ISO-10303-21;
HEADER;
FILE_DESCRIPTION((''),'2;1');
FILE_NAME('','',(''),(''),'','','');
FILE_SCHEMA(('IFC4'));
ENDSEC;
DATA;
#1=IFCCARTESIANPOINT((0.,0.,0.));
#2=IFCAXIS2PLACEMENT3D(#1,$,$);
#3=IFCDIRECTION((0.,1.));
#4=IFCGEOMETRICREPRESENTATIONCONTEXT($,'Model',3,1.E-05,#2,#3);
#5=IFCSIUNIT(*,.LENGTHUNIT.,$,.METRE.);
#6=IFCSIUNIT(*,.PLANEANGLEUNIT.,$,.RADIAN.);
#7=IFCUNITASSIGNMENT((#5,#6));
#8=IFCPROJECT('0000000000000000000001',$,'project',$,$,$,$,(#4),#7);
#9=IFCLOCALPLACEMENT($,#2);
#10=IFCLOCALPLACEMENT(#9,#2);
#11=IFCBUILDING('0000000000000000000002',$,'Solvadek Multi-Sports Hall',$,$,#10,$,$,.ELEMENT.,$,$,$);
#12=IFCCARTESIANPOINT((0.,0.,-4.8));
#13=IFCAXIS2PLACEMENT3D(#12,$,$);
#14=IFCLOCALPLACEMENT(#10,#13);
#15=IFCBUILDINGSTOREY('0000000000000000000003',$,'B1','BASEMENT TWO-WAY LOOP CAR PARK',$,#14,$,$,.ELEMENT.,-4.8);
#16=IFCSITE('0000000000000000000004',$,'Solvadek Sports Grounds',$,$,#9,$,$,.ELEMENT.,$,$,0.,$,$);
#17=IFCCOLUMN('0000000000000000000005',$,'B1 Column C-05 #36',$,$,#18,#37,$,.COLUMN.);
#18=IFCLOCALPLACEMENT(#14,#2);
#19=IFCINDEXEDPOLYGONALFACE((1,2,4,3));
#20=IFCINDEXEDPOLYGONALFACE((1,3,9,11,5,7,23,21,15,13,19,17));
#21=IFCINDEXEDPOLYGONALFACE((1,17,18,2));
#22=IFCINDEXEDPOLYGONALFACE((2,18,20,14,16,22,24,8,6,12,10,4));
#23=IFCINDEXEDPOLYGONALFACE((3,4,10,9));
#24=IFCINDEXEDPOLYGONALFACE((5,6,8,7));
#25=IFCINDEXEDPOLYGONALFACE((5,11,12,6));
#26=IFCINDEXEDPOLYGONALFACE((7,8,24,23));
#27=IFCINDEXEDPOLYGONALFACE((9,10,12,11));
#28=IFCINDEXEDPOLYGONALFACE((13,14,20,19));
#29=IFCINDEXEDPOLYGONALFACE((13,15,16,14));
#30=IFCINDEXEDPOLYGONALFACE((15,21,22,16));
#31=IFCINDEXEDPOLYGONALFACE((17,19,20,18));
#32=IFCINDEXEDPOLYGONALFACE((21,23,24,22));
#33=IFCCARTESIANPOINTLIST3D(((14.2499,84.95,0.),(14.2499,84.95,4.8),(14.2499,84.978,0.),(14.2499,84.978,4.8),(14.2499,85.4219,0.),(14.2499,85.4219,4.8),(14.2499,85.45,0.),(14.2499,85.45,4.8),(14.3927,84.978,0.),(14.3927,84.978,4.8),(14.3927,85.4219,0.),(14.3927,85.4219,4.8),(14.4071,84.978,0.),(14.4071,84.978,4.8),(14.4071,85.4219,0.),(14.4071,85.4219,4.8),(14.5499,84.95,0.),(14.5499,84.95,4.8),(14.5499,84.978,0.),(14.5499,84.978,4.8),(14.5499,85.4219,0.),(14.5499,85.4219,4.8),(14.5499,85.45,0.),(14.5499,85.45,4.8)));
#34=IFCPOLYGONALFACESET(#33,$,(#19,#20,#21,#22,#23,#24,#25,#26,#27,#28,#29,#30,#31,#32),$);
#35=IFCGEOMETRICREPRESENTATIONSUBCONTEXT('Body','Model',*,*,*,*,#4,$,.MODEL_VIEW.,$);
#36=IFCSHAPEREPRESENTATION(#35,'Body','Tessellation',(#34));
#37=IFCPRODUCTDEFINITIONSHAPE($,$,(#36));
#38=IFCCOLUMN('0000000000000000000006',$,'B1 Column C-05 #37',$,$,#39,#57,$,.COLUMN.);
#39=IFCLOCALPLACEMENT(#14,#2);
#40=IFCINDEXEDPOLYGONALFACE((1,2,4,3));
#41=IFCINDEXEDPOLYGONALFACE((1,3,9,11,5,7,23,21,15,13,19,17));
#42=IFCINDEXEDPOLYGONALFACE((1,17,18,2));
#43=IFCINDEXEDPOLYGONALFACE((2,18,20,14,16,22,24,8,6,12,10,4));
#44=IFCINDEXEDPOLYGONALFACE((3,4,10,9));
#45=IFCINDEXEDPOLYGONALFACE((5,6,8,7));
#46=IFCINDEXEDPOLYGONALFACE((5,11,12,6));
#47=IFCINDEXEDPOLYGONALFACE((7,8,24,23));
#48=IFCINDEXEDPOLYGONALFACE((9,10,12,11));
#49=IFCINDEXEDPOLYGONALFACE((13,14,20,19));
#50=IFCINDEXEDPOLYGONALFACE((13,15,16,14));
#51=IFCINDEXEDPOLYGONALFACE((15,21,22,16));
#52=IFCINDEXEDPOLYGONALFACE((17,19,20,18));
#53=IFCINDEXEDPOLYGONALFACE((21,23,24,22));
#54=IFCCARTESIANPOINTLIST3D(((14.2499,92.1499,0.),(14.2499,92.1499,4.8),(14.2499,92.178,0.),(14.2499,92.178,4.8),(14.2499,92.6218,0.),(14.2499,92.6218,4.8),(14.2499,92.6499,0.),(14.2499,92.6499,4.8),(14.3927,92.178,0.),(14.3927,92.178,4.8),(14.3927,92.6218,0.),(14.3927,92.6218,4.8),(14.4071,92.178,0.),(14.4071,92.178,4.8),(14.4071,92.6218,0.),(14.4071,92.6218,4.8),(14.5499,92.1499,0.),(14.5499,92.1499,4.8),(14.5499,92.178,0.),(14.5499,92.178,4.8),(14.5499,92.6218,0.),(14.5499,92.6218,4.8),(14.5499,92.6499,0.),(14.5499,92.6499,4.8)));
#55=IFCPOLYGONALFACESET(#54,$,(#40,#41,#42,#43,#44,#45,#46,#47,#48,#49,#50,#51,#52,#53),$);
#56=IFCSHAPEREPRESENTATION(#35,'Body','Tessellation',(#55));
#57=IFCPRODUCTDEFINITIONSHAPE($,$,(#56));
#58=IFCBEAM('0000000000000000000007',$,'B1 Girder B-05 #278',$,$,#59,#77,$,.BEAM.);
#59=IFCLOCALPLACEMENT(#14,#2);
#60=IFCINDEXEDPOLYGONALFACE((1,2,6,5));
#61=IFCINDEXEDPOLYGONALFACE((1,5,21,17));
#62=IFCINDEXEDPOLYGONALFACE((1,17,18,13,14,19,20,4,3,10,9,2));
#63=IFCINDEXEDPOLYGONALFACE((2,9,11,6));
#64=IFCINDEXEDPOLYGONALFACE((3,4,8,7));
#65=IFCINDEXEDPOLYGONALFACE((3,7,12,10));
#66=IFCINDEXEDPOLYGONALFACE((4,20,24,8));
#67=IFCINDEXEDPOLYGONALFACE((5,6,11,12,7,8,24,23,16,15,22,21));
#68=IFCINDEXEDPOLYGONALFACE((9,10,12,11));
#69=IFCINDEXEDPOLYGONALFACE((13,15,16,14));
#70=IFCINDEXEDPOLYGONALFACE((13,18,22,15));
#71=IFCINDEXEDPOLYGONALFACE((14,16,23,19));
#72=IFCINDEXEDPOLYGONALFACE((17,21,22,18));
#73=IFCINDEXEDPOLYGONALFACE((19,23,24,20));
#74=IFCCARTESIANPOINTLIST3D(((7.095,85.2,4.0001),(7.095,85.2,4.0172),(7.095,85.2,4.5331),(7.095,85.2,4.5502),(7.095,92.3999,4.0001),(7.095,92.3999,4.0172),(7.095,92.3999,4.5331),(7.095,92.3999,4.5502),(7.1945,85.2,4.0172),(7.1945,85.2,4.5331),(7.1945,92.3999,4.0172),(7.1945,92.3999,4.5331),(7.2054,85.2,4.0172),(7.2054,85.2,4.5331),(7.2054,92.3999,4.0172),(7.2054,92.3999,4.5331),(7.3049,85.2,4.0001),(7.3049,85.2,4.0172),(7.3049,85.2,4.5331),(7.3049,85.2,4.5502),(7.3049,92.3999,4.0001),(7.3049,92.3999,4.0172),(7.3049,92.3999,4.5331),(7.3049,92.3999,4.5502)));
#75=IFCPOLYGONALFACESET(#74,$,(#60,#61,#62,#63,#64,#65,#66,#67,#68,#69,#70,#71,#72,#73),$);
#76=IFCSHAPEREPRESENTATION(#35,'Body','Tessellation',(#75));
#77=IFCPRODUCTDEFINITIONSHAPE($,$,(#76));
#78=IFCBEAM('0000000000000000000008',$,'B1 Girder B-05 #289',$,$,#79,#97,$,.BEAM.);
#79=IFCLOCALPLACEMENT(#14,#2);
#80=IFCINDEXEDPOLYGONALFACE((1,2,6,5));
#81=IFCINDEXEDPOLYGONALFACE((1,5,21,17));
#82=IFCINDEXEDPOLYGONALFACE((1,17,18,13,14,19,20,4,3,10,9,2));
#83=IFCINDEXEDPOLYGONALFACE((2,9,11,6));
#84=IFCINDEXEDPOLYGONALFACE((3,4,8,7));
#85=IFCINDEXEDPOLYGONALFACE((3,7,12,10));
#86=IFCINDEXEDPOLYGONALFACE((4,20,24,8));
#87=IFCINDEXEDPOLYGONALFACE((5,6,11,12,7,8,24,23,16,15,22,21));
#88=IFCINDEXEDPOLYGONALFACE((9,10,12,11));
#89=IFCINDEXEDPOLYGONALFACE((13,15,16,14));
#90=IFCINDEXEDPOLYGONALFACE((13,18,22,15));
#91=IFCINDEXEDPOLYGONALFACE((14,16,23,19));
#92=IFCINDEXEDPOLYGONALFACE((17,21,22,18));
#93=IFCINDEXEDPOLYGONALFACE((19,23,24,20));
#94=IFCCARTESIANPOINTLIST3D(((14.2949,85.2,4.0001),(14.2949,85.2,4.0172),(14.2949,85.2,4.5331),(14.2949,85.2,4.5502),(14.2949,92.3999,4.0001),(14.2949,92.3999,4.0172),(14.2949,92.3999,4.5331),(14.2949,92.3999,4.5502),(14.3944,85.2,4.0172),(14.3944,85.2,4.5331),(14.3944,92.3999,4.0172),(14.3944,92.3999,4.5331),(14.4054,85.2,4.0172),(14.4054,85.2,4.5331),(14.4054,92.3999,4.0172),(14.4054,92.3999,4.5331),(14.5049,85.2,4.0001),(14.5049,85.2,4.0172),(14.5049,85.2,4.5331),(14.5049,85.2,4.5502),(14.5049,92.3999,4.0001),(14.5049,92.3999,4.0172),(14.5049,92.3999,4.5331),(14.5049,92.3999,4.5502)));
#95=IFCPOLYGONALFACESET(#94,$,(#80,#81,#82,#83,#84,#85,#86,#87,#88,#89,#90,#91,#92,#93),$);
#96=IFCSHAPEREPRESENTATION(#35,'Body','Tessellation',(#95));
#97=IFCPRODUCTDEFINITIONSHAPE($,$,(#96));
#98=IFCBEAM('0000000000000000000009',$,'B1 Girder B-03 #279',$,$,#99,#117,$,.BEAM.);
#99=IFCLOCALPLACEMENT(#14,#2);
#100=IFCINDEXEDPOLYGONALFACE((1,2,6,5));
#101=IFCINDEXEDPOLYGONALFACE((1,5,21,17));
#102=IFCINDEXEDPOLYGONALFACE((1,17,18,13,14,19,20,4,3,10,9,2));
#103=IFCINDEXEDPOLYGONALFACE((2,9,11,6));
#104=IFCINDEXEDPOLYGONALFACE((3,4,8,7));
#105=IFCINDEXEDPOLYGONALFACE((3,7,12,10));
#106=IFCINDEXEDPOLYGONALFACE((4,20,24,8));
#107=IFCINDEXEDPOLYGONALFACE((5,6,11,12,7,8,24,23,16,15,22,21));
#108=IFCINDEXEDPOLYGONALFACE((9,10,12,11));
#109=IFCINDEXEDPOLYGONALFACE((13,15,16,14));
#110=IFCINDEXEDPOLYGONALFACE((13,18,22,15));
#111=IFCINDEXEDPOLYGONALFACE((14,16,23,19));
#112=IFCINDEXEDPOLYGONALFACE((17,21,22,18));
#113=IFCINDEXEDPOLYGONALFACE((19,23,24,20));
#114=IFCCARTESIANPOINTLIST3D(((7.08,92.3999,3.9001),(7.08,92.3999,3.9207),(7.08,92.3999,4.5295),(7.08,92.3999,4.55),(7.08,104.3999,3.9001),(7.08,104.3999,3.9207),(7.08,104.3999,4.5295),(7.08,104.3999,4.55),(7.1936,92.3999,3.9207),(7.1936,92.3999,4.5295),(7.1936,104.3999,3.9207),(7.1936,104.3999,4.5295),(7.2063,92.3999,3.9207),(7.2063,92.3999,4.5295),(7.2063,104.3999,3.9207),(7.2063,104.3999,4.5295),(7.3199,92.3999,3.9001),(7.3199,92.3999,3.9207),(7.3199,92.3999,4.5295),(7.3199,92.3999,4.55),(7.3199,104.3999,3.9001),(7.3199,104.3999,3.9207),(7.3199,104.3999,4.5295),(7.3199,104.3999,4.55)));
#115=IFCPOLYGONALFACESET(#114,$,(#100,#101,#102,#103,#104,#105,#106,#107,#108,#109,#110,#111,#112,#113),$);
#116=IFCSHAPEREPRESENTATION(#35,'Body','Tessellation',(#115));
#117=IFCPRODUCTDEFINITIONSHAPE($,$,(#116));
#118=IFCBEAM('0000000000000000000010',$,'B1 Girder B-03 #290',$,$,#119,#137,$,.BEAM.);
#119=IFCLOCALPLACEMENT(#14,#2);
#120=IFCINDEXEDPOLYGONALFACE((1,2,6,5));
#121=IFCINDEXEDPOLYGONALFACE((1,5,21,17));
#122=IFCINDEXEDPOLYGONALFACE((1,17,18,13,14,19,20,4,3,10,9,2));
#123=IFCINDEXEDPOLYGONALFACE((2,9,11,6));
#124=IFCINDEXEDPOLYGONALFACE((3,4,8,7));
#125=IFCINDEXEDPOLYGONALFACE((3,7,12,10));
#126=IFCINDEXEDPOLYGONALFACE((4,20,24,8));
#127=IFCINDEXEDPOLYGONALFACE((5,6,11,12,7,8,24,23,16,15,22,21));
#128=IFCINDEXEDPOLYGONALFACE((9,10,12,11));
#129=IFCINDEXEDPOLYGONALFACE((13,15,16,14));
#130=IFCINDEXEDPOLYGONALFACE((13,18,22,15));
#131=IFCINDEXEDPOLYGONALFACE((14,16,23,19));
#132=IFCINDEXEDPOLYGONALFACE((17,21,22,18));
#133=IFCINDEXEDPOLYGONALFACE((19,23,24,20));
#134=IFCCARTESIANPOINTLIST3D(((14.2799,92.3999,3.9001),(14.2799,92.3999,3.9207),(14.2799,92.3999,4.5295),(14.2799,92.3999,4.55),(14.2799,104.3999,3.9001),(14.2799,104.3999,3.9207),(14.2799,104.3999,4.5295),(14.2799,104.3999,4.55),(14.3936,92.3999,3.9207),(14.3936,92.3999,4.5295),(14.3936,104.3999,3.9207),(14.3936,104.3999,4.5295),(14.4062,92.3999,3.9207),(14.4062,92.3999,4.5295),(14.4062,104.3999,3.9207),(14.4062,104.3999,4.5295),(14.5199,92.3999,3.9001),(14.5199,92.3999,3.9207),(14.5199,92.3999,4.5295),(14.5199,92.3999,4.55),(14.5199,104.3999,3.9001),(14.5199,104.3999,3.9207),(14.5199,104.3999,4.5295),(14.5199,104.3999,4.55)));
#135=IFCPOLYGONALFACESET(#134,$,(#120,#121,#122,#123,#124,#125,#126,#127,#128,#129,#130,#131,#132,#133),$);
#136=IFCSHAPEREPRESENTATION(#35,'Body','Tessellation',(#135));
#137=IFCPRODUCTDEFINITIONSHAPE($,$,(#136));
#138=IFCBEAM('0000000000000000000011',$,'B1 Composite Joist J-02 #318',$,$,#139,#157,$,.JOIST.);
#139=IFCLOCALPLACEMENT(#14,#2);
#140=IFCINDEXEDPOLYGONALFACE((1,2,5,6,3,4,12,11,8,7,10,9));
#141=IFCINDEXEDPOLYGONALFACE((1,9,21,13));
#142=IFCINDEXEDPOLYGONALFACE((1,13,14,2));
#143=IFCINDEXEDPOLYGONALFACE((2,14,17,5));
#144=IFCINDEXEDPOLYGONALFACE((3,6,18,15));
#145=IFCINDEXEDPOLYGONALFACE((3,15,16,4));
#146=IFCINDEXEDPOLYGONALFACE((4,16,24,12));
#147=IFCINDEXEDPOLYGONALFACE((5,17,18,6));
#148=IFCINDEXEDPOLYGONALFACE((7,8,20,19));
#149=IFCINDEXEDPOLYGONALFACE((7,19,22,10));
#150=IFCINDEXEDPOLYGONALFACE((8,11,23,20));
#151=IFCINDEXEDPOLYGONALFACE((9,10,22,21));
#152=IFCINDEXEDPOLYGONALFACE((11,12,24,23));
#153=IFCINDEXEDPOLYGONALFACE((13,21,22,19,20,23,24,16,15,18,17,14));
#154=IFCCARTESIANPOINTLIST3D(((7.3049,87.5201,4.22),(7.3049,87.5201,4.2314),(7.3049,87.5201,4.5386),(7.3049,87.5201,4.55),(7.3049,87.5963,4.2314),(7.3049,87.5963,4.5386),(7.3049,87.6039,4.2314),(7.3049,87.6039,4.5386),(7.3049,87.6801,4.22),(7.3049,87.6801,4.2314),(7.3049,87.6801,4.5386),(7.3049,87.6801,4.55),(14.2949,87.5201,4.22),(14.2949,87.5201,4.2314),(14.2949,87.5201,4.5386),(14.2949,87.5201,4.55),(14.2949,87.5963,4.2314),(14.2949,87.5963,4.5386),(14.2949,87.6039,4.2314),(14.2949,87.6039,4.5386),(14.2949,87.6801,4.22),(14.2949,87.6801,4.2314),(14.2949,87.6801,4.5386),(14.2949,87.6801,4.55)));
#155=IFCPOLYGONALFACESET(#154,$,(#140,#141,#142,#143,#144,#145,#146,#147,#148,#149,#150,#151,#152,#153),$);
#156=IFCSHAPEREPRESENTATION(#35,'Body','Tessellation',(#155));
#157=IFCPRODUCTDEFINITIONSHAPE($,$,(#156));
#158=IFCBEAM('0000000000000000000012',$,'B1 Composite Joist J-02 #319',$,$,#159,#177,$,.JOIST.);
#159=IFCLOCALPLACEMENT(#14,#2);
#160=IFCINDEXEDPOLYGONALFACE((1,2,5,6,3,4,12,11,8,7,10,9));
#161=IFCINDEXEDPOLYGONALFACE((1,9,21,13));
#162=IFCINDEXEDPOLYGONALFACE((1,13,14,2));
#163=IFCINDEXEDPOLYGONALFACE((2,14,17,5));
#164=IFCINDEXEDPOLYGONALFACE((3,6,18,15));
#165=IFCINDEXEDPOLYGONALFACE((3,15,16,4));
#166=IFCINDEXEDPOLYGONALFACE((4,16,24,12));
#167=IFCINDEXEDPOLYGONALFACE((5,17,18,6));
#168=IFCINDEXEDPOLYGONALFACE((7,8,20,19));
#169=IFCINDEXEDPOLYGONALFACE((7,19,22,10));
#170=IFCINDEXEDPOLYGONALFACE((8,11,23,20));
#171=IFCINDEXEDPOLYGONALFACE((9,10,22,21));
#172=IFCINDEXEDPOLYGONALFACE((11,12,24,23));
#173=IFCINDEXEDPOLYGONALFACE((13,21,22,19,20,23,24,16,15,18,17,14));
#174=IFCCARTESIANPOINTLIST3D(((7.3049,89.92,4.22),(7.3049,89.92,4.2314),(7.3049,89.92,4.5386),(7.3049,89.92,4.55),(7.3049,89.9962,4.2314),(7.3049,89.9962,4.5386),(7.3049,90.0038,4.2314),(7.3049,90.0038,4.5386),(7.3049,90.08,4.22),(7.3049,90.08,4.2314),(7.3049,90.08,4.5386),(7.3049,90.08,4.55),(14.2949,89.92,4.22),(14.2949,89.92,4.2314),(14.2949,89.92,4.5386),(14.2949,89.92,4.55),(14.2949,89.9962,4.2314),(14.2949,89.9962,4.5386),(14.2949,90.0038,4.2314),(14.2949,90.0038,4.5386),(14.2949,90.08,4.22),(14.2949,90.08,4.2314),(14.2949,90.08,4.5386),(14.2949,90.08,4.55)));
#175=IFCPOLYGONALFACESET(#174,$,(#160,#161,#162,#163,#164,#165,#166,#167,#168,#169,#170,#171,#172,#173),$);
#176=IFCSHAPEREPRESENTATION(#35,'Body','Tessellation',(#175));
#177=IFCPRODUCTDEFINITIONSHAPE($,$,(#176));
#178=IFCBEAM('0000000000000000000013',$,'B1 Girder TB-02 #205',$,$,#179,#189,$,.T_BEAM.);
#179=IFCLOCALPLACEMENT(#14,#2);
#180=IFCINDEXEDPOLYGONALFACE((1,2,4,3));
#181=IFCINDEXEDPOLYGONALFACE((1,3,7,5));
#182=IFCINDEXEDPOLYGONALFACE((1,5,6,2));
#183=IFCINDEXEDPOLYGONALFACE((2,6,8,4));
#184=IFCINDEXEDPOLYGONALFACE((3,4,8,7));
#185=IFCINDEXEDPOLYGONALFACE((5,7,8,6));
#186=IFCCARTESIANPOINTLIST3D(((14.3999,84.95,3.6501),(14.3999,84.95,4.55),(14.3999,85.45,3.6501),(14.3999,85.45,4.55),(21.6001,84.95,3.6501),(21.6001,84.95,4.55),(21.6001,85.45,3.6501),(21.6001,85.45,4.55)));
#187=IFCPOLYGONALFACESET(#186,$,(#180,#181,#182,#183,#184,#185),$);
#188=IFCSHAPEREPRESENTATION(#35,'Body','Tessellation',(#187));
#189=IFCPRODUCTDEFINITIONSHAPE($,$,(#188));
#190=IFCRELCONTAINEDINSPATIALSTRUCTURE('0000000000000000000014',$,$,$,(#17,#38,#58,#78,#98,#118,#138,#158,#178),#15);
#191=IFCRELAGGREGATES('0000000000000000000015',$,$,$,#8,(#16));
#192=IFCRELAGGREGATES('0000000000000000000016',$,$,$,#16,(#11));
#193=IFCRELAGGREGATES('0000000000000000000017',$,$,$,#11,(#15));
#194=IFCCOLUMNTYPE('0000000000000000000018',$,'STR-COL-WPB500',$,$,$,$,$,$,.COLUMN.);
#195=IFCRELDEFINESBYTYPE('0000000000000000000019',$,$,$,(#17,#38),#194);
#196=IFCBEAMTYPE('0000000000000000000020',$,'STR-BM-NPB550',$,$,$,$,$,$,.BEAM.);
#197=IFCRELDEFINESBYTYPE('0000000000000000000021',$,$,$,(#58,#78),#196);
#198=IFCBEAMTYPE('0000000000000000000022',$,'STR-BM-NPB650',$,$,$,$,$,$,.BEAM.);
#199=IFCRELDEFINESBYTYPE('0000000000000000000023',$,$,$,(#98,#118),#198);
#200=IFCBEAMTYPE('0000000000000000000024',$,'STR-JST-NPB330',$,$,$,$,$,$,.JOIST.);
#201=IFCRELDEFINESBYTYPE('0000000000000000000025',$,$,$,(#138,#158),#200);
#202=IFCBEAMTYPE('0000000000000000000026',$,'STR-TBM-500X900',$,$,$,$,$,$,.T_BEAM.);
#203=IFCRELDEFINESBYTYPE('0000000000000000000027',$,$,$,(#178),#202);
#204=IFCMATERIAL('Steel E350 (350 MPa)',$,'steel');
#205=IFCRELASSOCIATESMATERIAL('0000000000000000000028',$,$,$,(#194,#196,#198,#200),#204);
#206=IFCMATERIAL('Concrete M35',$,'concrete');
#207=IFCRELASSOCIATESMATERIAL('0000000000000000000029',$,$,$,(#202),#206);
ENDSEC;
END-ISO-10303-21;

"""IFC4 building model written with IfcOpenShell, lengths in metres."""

from ifc_helpers import new_model, si_unit, direction, frame, origin, origin_2d, place, context, subcontext, project, spatial, rectangle, i_section, extrude, material, material_profile, profile_set, type_object, element, save


model = new_model("IFC4")

# Units and contexts
model_context = context("Model", 3, precision=1e-05, world=origin(), true_north=direction((0.0, 1.0)))
body_context = subcontext(model_context, "Body", "Model", "MODEL_VIEW")
ifc_project = project(units=[si_unit("LENGTHUNIT", "METRE"), si_unit("PLANEANGLEUNIT", "RADIAN")], contexts=[model_context])

# Site, building, storey
site_placement = place(None, origin())
site = spatial("IfcSite", under=ifc_project, at=site_placement, Name="Solvadek Sports Grounds", CompositionType="ELEMENT", RefElevation=0.0)
building_placement = place(site_placement, origin())
building = spatial("IfcBuilding", under=site, at=building_placement, Name="Solvadek Multi-Sports Hall", CompositionType="ELEMENT")
storey_placement = place(building_placement, frame((0.0, 0.0, -4.8)))
storey = spatial("IfcBuildingStorey", under=building, at=storey_placement, Name="B1", Description="BASEMENT TWO-WAY LOOP CAR PARK", CompositionType="ELEMENT", Elevation=-4.8)

# Shared definitions
ifc_material_1 = material(Name="Concrete M35", Category="concrete")

# Columns
ifc_material_2 = material(Name="Steel E350 (350 MPa)", Category="steel")
ifc_material_profile_1 = material_profile(ifc_material_2, i_section(OverallWidth=0.3, OverallDepth=0.5, WebThickness=0.0144, FlangeThickness=0.0281, at=origin_2d()), Name="WPB 500")
ifc_profile_set_1 = profile_set([ifc_material_profile_1], Name="Steel E350 (350 MPa)")
column_type_1 = type_object("IfcColumnType", Name="STR-COL-WPB500", PredefinedType="COLUMN", material=ifc_profile_set_1)
for number, where, z_axis, x_axis, name in (
    (1, (14.3999, 85.2, 0.0), (0.0, 0.0, 1.0), (1.0, 0.0, 0.0), "B1 Column C-05 #36"),
    (2, (14.3999, 92.3999, 0.0), (0.0, 0.0, 1.0), (1.0, 0.0, 0.0), "B1 Column C-05 #37"),
):
    element("IfcColumn", number, at=place(storey_placement, frame(where, z_axis=z_axis, x_axis=x_axis)), inside=storey, type_object=column_type_1, Name=name, PredefinedType="COLUMN", context=body_context, shape_type="SweptSolid", body=[
        extrude(i_section(OverallWidth=0.3, OverallDepth=0.5, WebThickness=0.0144, FlangeThickness=0.0281, at=origin_2d()), origin(), (0.0, 0.0, 1.0), 4.8),
    ])

# Beams
ifc_material_profile_2 = material_profile(ifc_material_2, i_section(OverallWidth=0.21, OverallDepth=0.55, WebThickness=0.011, FlangeThickness=0.0171, at=origin_2d()), Name="NPB 550")
ifc_profile_set_2 = profile_set([ifc_material_profile_2], Name="Steel E350 (350 MPa)")
beam_type_1 = type_object("IfcBeamType", Name="STR-BM-NPB550", PredefinedType="BEAM", material=ifc_profile_set_2)
for number, where, z_axis, x_axis, name in (
    (3, (7.2, 85.2, 4.2751), (0.0, 1.0, 0.0), (-1.0, 0.0, 0.0), "B1 Girder B-05 #278"),
    (4, (14.3999, 85.2, 4.2751), (0.0, 1.0, 0.0), (-1.0, 0.0, 0.0), "B1 Girder B-05 #289"),
):
    element("IfcBeam", number, at=place(storey_placement, frame(where, z_axis=z_axis, x_axis=x_axis)), inside=storey, type_object=beam_type_1, Name=name, PredefinedType="BEAM", context=body_context, shape_type="SweptSolid", body=[
        extrude(i_section(OverallWidth=0.21, OverallDepth=0.55, WebThickness=0.011, FlangeThickness=0.0171, at=origin_2d()), origin(), (0.0, 0.0, 1.0), 7.2),
    ])
ifc_material_profile_3 = material_profile(ifc_material_2, i_section(OverallWidth=0.24, OverallDepth=0.6499, WebThickness=0.0127, FlangeThickness=0.0205, at=origin_2d()), Name="NPB 650")
ifc_profile_set_3 = profile_set([ifc_material_profile_3], Name="Steel E350 (350 MPa)")
beam_type_2 = type_object("IfcBeamType", Name="STR-BM-NPB650", PredefinedType="BEAM", material=ifc_profile_set_3)
for number, where, z_axis, x_axis, name in (
    (5, (7.2, 92.3999, 4.2251), (0.0, 1.0, 0.0), (-1.0, 0.0, 0.0), "B1 Girder B-03 #279"),
    (6, (14.3999, 92.3999, 4.2251), (0.0, 1.0, 0.0), (-1.0, 0.0, 0.0), "B1 Girder B-03 #290"),
):
    element("IfcBeam", number, at=place(storey_placement, frame(where, z_axis=z_axis, x_axis=x_axis)), inside=storey, type_object=beam_type_2, Name=name, PredefinedType="BEAM", context=body_context, shape_type="SweptSolid", body=[
        extrude(i_section(OverallWidth=0.24, OverallDepth=0.6499, WebThickness=0.0127, FlangeThickness=0.0205, at=origin_2d()), origin(), (0.0, 0.0, 1.0), 12.0),
    ])
ifc_material_profile_4 = material_profile(ifc_material_2, i_section(OverallWidth=0.1599, OverallDepth=0.3301, WebThickness=0.0076, FlangeThickness=0.0115, at=origin_2d()), Name="NPB 330")
ifc_profile_set_4 = profile_set([ifc_material_profile_4], Name="Steel E350 (350 MPa)")
beam_type_3 = type_object("IfcBeamType", Name="STR-JST-NPB330", PredefinedType="JOIST", material=ifc_profile_set_4)
for number, where, z_axis, x_axis, name in (
    (7, (7.3049, 87.6001, 4.385), (1.0, 0.0, 0.0), (0.0, 1.0, 0.0), "B1 Composite Joist J-02 #318"),
    (8, (7.3049, 90.0, 4.385), (1.0, 0.0, 0.0), (0.0, 1.0, 0.0), "B1 Composite Joist J-02 #319"),
):
    element("IfcBeam", number, at=place(storey_placement, frame(where, z_axis=z_axis, x_axis=x_axis)), inside=storey, type_object=beam_type_3, Name=name, PredefinedType="JOIST", context=body_context, shape_type="SweptSolid", body=[
        extrude(i_section(OverallWidth=0.1599, OverallDepth=0.3301, WebThickness=0.0076, FlangeThickness=0.0115, at=origin_2d()), origin(), (0.0, 0.0, 1.0), 6.99),
    ])
ifc_material_profile_5 = material_profile(ifc_material_1, rectangle(XDim=0.5, YDim=0.8999, at=origin_2d()), Name="RC T-BEAM 500x900")
ifc_profile_set_5 = profile_set([ifc_material_profile_5], Name="Concrete M35")
beam_type_4 = type_object("IfcBeamType", Name="STR-TBM-500X900", PredefinedType="T_BEAM", material=ifc_profile_set_5)
beam_1_placement = place(storey_placement, frame((14.3999, 85.2, 4.1001), z_axis=(1.0, 0.0, 0.0), x_axis=(0.0, 1.0, 0.0)))
element("IfcBeam", 9, at=beam_1_placement, inside=storey, type_object=beam_type_4, Name="B1 Girder TB-02 #205", PredefinedType="T_BEAM", context=body_context, shape_type="SweptSolid", body=[
    extrude(rectangle(XDim=0.5, YDim=0.8999, at=origin_2d()), origin(), (0.0, 0.0, 1.0), 7.2002),
])

save(model, "model.ifc")
